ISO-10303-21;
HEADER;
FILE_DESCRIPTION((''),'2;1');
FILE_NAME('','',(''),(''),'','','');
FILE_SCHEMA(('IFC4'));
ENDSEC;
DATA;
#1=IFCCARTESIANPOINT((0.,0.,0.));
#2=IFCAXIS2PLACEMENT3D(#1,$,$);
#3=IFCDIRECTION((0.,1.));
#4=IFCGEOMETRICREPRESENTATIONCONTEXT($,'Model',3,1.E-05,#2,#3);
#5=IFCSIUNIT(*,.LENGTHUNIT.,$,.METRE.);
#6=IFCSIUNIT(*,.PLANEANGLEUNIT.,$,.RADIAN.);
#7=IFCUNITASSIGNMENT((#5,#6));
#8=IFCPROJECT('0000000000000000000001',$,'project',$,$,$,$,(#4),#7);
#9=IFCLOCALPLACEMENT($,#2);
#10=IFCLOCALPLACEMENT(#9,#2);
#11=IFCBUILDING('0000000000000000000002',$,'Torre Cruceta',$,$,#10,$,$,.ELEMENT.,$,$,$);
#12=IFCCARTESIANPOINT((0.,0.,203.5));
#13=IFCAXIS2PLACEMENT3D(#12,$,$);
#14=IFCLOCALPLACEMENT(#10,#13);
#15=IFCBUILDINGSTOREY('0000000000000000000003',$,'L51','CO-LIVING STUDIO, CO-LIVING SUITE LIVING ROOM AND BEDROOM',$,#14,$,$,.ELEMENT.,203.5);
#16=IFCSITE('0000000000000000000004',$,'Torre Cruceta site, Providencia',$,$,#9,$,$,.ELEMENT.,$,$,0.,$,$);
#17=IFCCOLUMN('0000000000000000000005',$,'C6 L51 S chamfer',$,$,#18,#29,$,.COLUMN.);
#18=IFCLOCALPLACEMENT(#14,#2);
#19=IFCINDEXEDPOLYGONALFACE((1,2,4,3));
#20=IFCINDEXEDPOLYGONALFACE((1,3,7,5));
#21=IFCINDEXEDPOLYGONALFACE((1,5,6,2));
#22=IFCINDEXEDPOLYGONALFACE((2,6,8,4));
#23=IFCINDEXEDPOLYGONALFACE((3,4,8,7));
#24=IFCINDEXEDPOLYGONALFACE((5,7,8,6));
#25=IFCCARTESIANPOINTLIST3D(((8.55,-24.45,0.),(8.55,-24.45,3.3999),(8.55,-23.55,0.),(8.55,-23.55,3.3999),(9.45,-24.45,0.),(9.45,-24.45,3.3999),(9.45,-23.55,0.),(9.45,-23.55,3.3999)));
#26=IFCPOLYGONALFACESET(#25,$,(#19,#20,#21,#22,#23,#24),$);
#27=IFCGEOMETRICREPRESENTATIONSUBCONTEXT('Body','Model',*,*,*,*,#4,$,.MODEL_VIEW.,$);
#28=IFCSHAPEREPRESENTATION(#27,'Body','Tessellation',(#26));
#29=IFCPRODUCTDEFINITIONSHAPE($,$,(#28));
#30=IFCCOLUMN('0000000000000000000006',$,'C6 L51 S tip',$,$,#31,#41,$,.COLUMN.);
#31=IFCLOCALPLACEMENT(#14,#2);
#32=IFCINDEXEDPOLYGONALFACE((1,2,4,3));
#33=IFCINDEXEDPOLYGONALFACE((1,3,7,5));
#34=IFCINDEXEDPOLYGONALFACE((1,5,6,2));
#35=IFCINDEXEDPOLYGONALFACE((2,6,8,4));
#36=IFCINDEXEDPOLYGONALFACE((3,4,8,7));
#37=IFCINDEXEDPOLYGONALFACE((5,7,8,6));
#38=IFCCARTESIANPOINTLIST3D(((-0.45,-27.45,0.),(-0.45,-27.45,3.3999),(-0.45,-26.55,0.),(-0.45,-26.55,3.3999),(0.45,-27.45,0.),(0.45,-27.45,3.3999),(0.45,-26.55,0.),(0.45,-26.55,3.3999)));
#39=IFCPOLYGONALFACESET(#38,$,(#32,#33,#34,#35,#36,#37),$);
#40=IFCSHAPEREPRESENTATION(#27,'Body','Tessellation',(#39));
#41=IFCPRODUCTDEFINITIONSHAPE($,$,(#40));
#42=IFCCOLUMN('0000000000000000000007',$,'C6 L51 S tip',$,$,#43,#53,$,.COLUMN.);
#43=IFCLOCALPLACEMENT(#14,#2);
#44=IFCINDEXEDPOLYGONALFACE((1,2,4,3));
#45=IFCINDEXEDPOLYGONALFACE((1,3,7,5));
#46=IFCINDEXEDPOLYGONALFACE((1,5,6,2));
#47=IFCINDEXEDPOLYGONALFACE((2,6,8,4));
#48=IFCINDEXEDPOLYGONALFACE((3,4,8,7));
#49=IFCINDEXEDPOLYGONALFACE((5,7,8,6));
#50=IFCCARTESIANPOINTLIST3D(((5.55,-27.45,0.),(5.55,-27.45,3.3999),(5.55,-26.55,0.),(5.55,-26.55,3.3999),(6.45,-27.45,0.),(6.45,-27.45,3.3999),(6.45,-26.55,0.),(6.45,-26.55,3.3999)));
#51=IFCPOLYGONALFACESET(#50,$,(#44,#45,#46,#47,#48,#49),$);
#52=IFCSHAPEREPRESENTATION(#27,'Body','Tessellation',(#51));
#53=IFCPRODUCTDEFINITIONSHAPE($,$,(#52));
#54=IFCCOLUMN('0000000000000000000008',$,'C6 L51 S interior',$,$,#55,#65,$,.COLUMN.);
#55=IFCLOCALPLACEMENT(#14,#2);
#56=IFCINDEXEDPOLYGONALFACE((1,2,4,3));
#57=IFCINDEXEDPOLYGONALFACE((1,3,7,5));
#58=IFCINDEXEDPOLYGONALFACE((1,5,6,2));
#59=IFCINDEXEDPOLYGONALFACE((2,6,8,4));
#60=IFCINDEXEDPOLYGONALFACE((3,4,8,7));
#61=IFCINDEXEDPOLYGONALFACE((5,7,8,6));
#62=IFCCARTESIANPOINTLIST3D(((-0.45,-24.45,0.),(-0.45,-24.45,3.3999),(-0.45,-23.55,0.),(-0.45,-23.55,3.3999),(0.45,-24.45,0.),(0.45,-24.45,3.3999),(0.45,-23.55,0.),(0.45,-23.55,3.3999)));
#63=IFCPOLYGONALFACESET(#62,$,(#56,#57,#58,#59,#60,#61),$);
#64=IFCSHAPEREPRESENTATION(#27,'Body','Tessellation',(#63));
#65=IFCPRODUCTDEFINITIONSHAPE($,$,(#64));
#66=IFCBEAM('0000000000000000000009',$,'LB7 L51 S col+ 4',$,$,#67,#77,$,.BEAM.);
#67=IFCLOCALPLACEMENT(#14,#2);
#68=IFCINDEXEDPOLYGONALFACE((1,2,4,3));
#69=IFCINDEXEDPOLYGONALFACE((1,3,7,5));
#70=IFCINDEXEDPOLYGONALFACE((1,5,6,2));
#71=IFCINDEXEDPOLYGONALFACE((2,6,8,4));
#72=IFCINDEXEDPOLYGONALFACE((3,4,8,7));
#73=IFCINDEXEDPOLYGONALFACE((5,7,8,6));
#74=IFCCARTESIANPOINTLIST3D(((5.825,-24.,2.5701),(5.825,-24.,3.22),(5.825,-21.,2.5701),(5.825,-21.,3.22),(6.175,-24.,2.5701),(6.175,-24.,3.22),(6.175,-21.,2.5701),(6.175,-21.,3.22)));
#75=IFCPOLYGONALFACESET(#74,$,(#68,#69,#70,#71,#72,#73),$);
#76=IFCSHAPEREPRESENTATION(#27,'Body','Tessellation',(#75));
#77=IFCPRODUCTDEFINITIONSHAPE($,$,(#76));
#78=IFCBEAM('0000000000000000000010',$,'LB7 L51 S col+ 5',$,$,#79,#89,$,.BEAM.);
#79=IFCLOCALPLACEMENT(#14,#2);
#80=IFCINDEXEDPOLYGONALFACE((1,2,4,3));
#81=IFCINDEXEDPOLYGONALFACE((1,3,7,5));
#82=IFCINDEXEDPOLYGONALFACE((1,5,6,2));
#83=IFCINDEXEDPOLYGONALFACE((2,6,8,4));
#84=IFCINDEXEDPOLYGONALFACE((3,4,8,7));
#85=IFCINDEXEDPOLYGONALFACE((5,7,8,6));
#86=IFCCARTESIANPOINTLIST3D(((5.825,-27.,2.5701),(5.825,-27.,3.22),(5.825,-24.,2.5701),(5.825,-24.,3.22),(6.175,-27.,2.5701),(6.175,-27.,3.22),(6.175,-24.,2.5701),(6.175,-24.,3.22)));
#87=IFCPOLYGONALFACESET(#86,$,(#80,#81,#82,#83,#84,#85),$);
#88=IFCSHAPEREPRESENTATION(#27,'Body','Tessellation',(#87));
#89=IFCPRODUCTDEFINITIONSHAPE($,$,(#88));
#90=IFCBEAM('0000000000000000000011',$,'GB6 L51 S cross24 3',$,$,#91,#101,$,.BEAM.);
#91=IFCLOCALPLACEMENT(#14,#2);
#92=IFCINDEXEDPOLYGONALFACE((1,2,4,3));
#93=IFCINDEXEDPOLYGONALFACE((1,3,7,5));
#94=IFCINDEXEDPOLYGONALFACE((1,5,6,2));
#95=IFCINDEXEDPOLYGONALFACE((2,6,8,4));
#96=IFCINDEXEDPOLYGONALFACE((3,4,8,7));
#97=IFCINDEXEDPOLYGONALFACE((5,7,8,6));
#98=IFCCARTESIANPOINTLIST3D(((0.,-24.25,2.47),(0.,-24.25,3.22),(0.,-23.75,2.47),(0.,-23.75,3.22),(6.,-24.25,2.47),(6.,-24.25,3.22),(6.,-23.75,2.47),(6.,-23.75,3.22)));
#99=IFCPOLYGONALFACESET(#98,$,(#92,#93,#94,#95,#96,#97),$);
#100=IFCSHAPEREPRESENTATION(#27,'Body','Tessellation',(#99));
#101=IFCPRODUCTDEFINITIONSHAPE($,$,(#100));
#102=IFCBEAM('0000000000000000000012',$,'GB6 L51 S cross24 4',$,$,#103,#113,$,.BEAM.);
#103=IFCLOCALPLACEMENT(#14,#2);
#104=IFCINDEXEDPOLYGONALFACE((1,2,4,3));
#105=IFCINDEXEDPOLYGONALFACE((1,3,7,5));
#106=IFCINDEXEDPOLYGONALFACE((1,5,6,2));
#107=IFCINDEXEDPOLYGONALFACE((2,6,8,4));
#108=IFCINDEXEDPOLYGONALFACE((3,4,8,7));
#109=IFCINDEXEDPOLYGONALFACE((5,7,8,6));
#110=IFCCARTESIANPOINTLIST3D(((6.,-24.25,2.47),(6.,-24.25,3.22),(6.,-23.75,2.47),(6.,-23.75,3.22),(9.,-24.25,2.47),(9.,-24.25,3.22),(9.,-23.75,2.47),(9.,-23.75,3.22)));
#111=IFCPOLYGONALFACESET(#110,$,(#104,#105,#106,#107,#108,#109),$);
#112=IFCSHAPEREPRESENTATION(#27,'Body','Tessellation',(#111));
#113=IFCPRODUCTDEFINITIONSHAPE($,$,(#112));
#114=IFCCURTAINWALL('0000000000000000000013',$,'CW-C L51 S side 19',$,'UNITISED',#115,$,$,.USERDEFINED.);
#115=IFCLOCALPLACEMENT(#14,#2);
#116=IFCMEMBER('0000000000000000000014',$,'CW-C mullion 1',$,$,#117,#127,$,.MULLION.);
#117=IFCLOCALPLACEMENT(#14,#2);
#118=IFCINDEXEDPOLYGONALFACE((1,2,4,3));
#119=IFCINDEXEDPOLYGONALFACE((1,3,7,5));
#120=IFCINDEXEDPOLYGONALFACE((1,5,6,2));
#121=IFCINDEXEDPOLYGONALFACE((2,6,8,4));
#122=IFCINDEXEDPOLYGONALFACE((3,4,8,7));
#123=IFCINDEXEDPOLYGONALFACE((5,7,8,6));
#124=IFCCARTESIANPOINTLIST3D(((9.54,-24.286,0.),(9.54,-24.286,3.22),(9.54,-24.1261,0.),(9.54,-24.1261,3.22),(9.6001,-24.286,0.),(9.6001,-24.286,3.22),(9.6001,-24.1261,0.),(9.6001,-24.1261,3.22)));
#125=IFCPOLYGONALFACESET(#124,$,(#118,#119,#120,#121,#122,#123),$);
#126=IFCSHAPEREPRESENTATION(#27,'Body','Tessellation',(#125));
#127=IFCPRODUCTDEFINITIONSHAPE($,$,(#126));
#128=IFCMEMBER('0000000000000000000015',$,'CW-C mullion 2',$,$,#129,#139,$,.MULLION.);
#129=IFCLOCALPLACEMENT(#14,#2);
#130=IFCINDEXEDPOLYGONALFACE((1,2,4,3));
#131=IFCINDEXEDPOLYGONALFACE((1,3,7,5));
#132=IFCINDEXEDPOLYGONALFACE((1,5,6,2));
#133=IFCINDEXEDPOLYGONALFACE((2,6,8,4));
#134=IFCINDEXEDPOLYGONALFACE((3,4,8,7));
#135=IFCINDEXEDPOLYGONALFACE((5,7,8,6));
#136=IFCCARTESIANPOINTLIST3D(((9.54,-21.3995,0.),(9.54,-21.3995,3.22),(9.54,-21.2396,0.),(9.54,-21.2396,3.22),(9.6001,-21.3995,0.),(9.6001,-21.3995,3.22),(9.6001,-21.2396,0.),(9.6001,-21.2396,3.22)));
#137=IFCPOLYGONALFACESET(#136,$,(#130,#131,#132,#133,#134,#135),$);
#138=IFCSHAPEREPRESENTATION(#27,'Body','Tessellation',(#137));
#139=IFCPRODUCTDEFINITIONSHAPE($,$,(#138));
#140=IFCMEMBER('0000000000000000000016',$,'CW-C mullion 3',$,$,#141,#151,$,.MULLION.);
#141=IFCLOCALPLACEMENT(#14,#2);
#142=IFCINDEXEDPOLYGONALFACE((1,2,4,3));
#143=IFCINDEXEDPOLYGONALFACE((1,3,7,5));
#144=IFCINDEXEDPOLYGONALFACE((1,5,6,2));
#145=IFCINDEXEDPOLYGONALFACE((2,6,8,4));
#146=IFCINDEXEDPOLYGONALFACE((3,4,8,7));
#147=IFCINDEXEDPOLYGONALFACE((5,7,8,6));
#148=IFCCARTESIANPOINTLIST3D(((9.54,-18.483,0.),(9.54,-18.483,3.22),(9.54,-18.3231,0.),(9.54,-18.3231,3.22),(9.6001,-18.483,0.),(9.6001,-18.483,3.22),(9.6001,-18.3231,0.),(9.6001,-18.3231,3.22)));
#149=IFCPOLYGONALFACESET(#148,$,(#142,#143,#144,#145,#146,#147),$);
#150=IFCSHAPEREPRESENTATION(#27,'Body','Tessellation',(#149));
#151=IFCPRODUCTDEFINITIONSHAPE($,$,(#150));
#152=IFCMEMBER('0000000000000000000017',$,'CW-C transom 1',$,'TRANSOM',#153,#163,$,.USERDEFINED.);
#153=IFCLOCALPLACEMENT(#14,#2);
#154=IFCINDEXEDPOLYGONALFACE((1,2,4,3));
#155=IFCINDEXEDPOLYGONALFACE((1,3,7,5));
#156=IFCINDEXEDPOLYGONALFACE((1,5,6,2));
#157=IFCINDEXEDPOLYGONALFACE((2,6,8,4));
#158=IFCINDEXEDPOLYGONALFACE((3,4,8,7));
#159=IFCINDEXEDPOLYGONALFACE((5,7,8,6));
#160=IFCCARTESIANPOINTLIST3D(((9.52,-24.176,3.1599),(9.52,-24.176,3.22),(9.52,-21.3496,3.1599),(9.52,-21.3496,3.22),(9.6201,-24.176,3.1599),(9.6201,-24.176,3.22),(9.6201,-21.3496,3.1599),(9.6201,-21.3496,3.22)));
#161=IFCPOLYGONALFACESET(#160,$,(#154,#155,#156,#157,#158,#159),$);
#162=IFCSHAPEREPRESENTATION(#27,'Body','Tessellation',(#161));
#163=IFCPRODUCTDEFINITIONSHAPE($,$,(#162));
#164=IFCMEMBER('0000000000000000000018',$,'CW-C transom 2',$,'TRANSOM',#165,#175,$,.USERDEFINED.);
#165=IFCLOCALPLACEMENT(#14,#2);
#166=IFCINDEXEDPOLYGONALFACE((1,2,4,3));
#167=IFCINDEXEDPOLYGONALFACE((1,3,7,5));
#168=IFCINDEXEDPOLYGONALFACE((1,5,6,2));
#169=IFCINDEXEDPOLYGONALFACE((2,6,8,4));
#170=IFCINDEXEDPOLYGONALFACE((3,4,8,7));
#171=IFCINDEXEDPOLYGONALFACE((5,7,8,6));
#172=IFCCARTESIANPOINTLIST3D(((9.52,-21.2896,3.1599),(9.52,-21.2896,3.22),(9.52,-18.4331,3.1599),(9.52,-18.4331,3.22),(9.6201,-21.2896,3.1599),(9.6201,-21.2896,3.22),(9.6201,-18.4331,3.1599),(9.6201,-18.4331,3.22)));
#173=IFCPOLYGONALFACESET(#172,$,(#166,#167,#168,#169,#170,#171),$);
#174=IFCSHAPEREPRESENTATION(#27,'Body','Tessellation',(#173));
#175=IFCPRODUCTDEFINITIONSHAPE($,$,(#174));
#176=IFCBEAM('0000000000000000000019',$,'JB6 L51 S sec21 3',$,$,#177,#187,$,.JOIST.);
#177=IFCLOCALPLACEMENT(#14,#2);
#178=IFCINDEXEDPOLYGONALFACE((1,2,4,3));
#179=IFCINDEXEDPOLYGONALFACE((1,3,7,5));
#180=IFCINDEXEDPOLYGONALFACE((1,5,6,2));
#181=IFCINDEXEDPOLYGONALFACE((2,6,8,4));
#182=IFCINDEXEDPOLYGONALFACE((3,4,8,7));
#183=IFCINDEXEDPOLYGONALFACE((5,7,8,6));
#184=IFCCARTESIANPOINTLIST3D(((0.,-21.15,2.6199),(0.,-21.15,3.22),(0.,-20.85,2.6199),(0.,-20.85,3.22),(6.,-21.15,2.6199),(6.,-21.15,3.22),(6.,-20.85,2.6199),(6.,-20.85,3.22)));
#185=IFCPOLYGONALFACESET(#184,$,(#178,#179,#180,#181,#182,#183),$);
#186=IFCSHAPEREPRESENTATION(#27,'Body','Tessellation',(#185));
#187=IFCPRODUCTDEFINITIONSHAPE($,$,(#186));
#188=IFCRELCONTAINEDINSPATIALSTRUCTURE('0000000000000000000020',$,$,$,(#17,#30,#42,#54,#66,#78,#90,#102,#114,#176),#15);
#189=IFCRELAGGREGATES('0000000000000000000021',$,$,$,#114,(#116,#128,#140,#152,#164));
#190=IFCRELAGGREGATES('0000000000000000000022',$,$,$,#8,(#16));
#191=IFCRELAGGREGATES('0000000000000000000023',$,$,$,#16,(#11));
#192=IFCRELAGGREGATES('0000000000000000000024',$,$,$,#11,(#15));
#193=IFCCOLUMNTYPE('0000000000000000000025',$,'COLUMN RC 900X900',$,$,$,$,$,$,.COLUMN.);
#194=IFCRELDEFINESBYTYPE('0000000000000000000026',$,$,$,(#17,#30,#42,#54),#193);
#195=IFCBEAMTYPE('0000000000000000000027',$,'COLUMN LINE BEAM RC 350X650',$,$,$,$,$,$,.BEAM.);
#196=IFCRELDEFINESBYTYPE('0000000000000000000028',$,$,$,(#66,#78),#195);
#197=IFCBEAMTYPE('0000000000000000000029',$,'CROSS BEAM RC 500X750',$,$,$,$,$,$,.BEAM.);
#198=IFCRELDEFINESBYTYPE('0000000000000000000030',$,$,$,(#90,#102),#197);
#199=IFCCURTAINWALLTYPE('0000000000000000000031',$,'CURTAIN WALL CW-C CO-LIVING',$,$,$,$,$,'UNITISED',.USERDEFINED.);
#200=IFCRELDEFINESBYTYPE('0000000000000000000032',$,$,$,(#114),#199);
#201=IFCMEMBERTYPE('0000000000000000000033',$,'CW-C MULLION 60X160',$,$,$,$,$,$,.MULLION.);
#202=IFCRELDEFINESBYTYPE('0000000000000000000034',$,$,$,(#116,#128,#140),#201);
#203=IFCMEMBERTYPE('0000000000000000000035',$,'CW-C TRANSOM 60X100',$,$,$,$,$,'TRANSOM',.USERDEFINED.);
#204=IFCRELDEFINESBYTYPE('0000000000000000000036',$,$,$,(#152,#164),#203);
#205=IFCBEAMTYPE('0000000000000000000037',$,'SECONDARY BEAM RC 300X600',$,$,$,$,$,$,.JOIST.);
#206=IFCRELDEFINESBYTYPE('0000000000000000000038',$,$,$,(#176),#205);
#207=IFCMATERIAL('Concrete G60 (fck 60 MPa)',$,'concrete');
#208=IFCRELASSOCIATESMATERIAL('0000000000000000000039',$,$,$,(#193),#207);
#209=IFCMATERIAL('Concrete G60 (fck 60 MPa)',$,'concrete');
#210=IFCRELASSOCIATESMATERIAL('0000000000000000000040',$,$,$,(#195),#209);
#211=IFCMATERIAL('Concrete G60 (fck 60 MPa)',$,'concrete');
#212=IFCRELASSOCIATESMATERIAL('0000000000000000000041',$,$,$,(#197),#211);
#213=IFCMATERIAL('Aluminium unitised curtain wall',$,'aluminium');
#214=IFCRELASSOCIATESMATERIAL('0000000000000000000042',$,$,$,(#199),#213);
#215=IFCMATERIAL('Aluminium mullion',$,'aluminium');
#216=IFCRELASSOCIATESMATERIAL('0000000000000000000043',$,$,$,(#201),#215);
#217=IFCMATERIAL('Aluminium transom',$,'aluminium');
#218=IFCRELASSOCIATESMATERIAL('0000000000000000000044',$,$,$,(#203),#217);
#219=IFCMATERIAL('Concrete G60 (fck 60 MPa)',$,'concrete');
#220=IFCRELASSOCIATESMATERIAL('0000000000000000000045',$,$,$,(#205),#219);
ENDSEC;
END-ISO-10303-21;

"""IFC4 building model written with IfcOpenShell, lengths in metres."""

from ifc_helpers import new_model, si_unit, direction, frame, origin, origin_2d, place, context, subcontext, project, spatial, rectangle, extrude, material, material_profile, profile_set, type_object, element, aggregate, save


model = new_model("IFC4")

# Units and contexts
model_context = context("Model", 3, precision=1e-05, world=origin(), true_north=direction((0.0, 1.0)))
body_context = subcontext(model_context, "Body", "Model", "MODEL_VIEW")
ifc_project = project(units=[si_unit("LENGTHUNIT", "METRE"), si_unit("PLANEANGLEUNIT", "RADIAN")], contexts=[model_context])

# Site, building, storey
site_placement = place(None, origin())
site = spatial("IfcSite", under=ifc_project, at=site_placement, Name="Torre Cruceta site, Providencia", CompositionType="ELEMENT", RefElevation=0.0)
building_placement = place(site_placement, origin())
building = spatial("IfcBuilding", under=site, at=building_placement, Name="Torre Cruceta", CompositionType="ELEMENT")
storey_placement = place(building_placement, frame((0.0, 0.0, 203.5)))
storey = spatial("IfcBuildingStorey", under=building, at=storey_placement, Name="L51", Description="CO-LIVING STUDIO, CO-LIVING SUITE LIVING ROOM AND BEDROOM", CompositionType="ELEMENT", Elevation=203.5)

# Columns
ifc_material_1 = material(Name="Concrete G60 (fck 60 MPa)", Category="concrete")
ifc_material_profile_1 = material_profile(ifc_material_1, rectangle(XDim=0.8999, YDim=0.8999, at=origin_2d()), Name="RC 900X900")
ifc_profile_set_1 = profile_set([ifc_material_profile_1], Name="Concrete G60 (fck 60 MPa)")
column_type = type_object("IfcColumnType", Name="COLUMN RC 900X900", PredefinedType="COLUMN", material=ifc_profile_set_1)
for number, where, z_axis, x_axis, name in (
    (1, (9.0, -24.0, 0.0), (0.0, 0.0, 1.0), (1.0, 0.0, 0.0), "C6 L51 S chamfer"),
    (2, (0.0, -27.0, 0.0), (0.0, 0.0, 1.0), (1.0, 0.0, 0.0), "C6 L51 S tip"),
    (3, (6.0, -27.0, 0.0), (0.0, 0.0, 1.0), (1.0, 0.0, 0.0), "C6 L51 S tip"),
    (4, (0.0, -24.0, 0.0), (0.0, 0.0, 1.0), (1.0, 0.0, 0.0), "C6 L51 S interior"),
):
    element("IfcColumn", number, at=place(storey_placement, frame(where, z_axis=z_axis, x_axis=x_axis)), inside=storey, type_object=column_type, Name=name, PredefinedType="COLUMN", context=body_context, shape_type="SweptSolid", body=[
        extrude(rectangle(XDim=0.8999, YDim=0.8999, at=origin_2d()), origin(), (0.0, 0.0, 1.0), 3.3999),
    ])

# Beams
ifc_material_2 = material(Name="Concrete G60 (fck 60 MPa)", Category="concrete")
ifc_material_profile_2 = material_profile(ifc_material_2, rectangle(XDim=0.3501, YDim=0.6499, at=origin_2d()), Name="RC 350X650")
ifc_profile_set_2 = profile_set([ifc_material_profile_2], Name="Concrete G60 (fck 60 MPa)")
beam_type_1 = type_object("IfcBeamType", Name="COLUMN LINE BEAM RC 350X650", PredefinedType="BEAM", material=ifc_profile_set_2)
for number, where, z_axis, x_axis, name in (
    (5, (6.0, -21.0, 2.895), (0.0, -1.0, 0.0), (1.0, 0.0, 0.0), "LB7 L51 S col+ 4"),
    (6, (6.0, -24.0, 2.895), (0.0, -1.0, 0.0), (1.0, 0.0, 0.0), "LB7 L51 S col+ 5"),
):
    element("IfcBeam", number, at=place(storey_placement, frame(where, z_axis=z_axis, x_axis=x_axis)), inside=storey, type_object=beam_type_1, Name=name, PredefinedType="BEAM", context=body_context, shape_type="SweptSolid", body=[
        extrude(rectangle(XDim=0.3501, YDim=0.6499, at=origin_2d()), origin(), (0.0, 0.0, 1.0), 3.0),
    ])
ifc_material_3 = material(Name="Concrete G60 (fck 60 MPa)", Category="concrete")
ifc_material_profile_3 = material_profile(ifc_material_3, rectangle(XDim=0.5, YDim=0.75, at=origin_2d()), Name="RC 500X750")
ifc_profile_set_3 = profile_set([ifc_material_profile_3], Name="Concrete G60 (fck 60 MPa)")
beam_type_2 = type_object("IfcBeamType", Name="CROSS BEAM RC 500X750", PredefinedType="BEAM", material=ifc_profile_set_3)
beam_1_placement = place(storey_placement, frame((0.0, -24.0, 2.845), z_axis=(1.0, 0.0, 0.0), x_axis=(0.0, 1.0, 0.0)))
element("IfcBeam", 7, at=beam_1_placement, inside=storey, type_object=beam_type_2, Name="GB6 L51 S cross24 3", PredefinedType="BEAM", context=body_context, shape_type="SweptSolid", body=[
    extrude(rectangle(XDim=0.5, YDim=0.75, at=origin_2d()), origin(), (0.0, 0.0, 1.0), 6.0),
])
beam_2_placement = place(storey_placement, frame((6.0, -24.0, 2.845), z_axis=(1.0, 0.0, 0.0), x_axis=(0.0, 1.0, 0.0)))
element("IfcBeam", 8, at=beam_2_placement, inside=storey, type_object=beam_type_2, Name="GB6 L51 S cross24 4", PredefinedType="BEAM", context=body_context, shape_type="SweptSolid", body=[
    extrude(rectangle(XDim=0.5, YDim=0.75, at=origin_2d()), origin(), (0.0, 0.0, 1.0), 3.0),
])

# Curtain wall, members
ifc_material_4 = material(Name="Aluminium unitised curtain wall", Category="aluminium")
curtain_wall_type = type_object("IfcCurtainWallType", Name="CURTAIN WALL CW-C CO-LIVING", ElementType="UNITISED", PredefinedType="USERDEFINED", material=ifc_material_4)
curtain_wall_placement = place(storey_placement, origin())
curtain_wall = element("IfcCurtainWall", 9, at=curtain_wall_placement, inside=storey, type_object=curtain_wall_type, Name="CW-C L51 S side 19", ObjectType="UNITISED", PredefinedType="USERDEFINED")
ifc_material_5 = material(Name="Aluminium mullion", Category="aluminium")
ifc_material_profile_4 = material_profile(ifc_material_5, rectangle(XDim=0.0601, YDim=0.1599, at=origin_2d()), Name="AL 60X160")
ifc_profile_set_4 = profile_set([ifc_material_profile_4], Name="Aluminium mullion")
member_type_1 = type_object("IfcMemberType", Name="CW-C MULLION 60X160", PredefinedType="MULLION", material=ifc_profile_set_4)
member_1_placement = place(storey_placement, frame((9.5701, -24.2061, 0.0), z_axis=(0.0, 0.0, 1.0), x_axis=(-1.0, 0.0, 0.0)))
member_1 = element("IfcMember", 10, at=member_1_placement, type_object=member_type_1, Name="CW-C mullion 1", PredefinedType="MULLION", context=body_context, shape_type="SweptSolid", body=[
    extrude(rectangle(XDim=0.0601, YDim=0.1599, at=origin_2d()), origin(), (0.0, 0.0, 1.0), 3.22),
])
member_2_placement = place(storey_placement, frame((9.5701, -21.3196, 0.0), z_axis=(0.0, 0.0, 1.0), x_axis=(-1.0, 0.0, 0.0)))
member_2 = element("IfcMember", 11, at=member_2_placement, type_object=member_type_1, Name="CW-C mullion 2", PredefinedType="MULLION", context=body_context, shape_type="SweptSolid", body=[
    extrude(rectangle(XDim=0.0601, YDim=0.1599, at=origin_2d()), origin(), (0.0, 0.0, 1.0), 3.22),
])
member_3_placement = place(storey_placement, frame((9.5701, -18.4031, 0.0), z_axis=(0.0, 0.0, 1.0), x_axis=(-1.0, 0.0, 0.0)))
member_3 = element("IfcMember", 12, at=member_3_placement, type_object=member_type_1, Name="CW-C mullion 3", PredefinedType="MULLION", context=body_context, shape_type="SweptSolid", body=[
    extrude(rectangle(XDim=0.0601, YDim=0.1599, at=origin_2d()), origin(), (0.0, 0.0, 1.0), 3.22),
])
ifc_material_6 = material(Name="Aluminium transom", Category="aluminium")
ifc_material_profile_5 = material_profile(ifc_material_6, rectangle(XDim=0.1001, YDim=0.0601, at=origin_2d()), Name="AL 100X60")
ifc_profile_set_5 = profile_set([ifc_material_profile_5], Name="Aluminium transom")
member_type_2 = type_object("IfcMemberType", Name="CW-C TRANSOM 60X100", ElementType="TRANSOM", PredefinedType="USERDEFINED", material=ifc_profile_set_5)
member_4_placement = place(storey_placement, frame((9.5701, -24.176, 3.1899), z_axis=(0.0, 1.0, 0.0), x_axis=(-1.0, 0.0, 0.0)))
member_4 = element("IfcMember", 13, at=member_4_placement, type_object=member_type_2, Name="CW-C transom 1", ObjectType="TRANSOM", PredefinedType="USERDEFINED", context=body_context, shape_type="SweptSolid", body=[
    extrude(rectangle(XDim=0.1001, YDim=0.0601, at=origin_2d()), origin(), (0.0, 0.0, 1.0), 2.8264),
])
member_5_placement = place(storey_placement, frame((9.5701, -21.2896, 3.1899), z_axis=(0.0, 1.0, 0.0), x_axis=(-1.0, 0.0, 0.0)))
member_5 = element("IfcMember", 14, at=member_5_placement, type_object=member_type_2, Name="CW-C transom 2", ObjectType="TRANSOM", PredefinedType="USERDEFINED", context=body_context, shape_type="SweptSolid", body=[
    extrude(rectangle(XDim=0.1001, YDim=0.0601, at=origin_2d()), origin(), (0.0, 0.0, 1.0), 2.8564),
])

# Beam
ifc_material_7 = material(Name="Concrete G60 (fck 60 MPa)", Category="concrete")
ifc_material_profile_6 = material_profile(ifc_material_7, rectangle(XDim=0.3, YDim=0.6001, at=origin_2d()), Name="RC 300X600")
ifc_profile_set_6 = profile_set([ifc_material_profile_6], Name="Concrete G60 (fck 60 MPa)")
beam_type_3 = type_object("IfcBeamType", Name="SECONDARY BEAM RC 300X600", PredefinedType="JOIST", material=ifc_profile_set_6)
beam_3_placement = place(storey_placement, frame((0.0, -21.0, 2.9199), z_axis=(1.0, 0.0, 0.0), x_axis=(0.0, 1.0, 0.0)))
element("IfcBeam", 15, at=beam_3_placement, inside=storey, type_object=beam_type_3, Name="JB6 L51 S sec21 3", PredefinedType="JOIST", context=body_context, shape_type="SweptSolid", body=[
    extrude(rectangle(XDim=0.3, YDim=0.6001, at=origin_2d()), origin(), (0.0, 0.0, 1.0), 6.0),
])

aggregate(curtain_wall, [member_1, member_2, member_3, member_4, member_5])

save(model, "model.ifc")
